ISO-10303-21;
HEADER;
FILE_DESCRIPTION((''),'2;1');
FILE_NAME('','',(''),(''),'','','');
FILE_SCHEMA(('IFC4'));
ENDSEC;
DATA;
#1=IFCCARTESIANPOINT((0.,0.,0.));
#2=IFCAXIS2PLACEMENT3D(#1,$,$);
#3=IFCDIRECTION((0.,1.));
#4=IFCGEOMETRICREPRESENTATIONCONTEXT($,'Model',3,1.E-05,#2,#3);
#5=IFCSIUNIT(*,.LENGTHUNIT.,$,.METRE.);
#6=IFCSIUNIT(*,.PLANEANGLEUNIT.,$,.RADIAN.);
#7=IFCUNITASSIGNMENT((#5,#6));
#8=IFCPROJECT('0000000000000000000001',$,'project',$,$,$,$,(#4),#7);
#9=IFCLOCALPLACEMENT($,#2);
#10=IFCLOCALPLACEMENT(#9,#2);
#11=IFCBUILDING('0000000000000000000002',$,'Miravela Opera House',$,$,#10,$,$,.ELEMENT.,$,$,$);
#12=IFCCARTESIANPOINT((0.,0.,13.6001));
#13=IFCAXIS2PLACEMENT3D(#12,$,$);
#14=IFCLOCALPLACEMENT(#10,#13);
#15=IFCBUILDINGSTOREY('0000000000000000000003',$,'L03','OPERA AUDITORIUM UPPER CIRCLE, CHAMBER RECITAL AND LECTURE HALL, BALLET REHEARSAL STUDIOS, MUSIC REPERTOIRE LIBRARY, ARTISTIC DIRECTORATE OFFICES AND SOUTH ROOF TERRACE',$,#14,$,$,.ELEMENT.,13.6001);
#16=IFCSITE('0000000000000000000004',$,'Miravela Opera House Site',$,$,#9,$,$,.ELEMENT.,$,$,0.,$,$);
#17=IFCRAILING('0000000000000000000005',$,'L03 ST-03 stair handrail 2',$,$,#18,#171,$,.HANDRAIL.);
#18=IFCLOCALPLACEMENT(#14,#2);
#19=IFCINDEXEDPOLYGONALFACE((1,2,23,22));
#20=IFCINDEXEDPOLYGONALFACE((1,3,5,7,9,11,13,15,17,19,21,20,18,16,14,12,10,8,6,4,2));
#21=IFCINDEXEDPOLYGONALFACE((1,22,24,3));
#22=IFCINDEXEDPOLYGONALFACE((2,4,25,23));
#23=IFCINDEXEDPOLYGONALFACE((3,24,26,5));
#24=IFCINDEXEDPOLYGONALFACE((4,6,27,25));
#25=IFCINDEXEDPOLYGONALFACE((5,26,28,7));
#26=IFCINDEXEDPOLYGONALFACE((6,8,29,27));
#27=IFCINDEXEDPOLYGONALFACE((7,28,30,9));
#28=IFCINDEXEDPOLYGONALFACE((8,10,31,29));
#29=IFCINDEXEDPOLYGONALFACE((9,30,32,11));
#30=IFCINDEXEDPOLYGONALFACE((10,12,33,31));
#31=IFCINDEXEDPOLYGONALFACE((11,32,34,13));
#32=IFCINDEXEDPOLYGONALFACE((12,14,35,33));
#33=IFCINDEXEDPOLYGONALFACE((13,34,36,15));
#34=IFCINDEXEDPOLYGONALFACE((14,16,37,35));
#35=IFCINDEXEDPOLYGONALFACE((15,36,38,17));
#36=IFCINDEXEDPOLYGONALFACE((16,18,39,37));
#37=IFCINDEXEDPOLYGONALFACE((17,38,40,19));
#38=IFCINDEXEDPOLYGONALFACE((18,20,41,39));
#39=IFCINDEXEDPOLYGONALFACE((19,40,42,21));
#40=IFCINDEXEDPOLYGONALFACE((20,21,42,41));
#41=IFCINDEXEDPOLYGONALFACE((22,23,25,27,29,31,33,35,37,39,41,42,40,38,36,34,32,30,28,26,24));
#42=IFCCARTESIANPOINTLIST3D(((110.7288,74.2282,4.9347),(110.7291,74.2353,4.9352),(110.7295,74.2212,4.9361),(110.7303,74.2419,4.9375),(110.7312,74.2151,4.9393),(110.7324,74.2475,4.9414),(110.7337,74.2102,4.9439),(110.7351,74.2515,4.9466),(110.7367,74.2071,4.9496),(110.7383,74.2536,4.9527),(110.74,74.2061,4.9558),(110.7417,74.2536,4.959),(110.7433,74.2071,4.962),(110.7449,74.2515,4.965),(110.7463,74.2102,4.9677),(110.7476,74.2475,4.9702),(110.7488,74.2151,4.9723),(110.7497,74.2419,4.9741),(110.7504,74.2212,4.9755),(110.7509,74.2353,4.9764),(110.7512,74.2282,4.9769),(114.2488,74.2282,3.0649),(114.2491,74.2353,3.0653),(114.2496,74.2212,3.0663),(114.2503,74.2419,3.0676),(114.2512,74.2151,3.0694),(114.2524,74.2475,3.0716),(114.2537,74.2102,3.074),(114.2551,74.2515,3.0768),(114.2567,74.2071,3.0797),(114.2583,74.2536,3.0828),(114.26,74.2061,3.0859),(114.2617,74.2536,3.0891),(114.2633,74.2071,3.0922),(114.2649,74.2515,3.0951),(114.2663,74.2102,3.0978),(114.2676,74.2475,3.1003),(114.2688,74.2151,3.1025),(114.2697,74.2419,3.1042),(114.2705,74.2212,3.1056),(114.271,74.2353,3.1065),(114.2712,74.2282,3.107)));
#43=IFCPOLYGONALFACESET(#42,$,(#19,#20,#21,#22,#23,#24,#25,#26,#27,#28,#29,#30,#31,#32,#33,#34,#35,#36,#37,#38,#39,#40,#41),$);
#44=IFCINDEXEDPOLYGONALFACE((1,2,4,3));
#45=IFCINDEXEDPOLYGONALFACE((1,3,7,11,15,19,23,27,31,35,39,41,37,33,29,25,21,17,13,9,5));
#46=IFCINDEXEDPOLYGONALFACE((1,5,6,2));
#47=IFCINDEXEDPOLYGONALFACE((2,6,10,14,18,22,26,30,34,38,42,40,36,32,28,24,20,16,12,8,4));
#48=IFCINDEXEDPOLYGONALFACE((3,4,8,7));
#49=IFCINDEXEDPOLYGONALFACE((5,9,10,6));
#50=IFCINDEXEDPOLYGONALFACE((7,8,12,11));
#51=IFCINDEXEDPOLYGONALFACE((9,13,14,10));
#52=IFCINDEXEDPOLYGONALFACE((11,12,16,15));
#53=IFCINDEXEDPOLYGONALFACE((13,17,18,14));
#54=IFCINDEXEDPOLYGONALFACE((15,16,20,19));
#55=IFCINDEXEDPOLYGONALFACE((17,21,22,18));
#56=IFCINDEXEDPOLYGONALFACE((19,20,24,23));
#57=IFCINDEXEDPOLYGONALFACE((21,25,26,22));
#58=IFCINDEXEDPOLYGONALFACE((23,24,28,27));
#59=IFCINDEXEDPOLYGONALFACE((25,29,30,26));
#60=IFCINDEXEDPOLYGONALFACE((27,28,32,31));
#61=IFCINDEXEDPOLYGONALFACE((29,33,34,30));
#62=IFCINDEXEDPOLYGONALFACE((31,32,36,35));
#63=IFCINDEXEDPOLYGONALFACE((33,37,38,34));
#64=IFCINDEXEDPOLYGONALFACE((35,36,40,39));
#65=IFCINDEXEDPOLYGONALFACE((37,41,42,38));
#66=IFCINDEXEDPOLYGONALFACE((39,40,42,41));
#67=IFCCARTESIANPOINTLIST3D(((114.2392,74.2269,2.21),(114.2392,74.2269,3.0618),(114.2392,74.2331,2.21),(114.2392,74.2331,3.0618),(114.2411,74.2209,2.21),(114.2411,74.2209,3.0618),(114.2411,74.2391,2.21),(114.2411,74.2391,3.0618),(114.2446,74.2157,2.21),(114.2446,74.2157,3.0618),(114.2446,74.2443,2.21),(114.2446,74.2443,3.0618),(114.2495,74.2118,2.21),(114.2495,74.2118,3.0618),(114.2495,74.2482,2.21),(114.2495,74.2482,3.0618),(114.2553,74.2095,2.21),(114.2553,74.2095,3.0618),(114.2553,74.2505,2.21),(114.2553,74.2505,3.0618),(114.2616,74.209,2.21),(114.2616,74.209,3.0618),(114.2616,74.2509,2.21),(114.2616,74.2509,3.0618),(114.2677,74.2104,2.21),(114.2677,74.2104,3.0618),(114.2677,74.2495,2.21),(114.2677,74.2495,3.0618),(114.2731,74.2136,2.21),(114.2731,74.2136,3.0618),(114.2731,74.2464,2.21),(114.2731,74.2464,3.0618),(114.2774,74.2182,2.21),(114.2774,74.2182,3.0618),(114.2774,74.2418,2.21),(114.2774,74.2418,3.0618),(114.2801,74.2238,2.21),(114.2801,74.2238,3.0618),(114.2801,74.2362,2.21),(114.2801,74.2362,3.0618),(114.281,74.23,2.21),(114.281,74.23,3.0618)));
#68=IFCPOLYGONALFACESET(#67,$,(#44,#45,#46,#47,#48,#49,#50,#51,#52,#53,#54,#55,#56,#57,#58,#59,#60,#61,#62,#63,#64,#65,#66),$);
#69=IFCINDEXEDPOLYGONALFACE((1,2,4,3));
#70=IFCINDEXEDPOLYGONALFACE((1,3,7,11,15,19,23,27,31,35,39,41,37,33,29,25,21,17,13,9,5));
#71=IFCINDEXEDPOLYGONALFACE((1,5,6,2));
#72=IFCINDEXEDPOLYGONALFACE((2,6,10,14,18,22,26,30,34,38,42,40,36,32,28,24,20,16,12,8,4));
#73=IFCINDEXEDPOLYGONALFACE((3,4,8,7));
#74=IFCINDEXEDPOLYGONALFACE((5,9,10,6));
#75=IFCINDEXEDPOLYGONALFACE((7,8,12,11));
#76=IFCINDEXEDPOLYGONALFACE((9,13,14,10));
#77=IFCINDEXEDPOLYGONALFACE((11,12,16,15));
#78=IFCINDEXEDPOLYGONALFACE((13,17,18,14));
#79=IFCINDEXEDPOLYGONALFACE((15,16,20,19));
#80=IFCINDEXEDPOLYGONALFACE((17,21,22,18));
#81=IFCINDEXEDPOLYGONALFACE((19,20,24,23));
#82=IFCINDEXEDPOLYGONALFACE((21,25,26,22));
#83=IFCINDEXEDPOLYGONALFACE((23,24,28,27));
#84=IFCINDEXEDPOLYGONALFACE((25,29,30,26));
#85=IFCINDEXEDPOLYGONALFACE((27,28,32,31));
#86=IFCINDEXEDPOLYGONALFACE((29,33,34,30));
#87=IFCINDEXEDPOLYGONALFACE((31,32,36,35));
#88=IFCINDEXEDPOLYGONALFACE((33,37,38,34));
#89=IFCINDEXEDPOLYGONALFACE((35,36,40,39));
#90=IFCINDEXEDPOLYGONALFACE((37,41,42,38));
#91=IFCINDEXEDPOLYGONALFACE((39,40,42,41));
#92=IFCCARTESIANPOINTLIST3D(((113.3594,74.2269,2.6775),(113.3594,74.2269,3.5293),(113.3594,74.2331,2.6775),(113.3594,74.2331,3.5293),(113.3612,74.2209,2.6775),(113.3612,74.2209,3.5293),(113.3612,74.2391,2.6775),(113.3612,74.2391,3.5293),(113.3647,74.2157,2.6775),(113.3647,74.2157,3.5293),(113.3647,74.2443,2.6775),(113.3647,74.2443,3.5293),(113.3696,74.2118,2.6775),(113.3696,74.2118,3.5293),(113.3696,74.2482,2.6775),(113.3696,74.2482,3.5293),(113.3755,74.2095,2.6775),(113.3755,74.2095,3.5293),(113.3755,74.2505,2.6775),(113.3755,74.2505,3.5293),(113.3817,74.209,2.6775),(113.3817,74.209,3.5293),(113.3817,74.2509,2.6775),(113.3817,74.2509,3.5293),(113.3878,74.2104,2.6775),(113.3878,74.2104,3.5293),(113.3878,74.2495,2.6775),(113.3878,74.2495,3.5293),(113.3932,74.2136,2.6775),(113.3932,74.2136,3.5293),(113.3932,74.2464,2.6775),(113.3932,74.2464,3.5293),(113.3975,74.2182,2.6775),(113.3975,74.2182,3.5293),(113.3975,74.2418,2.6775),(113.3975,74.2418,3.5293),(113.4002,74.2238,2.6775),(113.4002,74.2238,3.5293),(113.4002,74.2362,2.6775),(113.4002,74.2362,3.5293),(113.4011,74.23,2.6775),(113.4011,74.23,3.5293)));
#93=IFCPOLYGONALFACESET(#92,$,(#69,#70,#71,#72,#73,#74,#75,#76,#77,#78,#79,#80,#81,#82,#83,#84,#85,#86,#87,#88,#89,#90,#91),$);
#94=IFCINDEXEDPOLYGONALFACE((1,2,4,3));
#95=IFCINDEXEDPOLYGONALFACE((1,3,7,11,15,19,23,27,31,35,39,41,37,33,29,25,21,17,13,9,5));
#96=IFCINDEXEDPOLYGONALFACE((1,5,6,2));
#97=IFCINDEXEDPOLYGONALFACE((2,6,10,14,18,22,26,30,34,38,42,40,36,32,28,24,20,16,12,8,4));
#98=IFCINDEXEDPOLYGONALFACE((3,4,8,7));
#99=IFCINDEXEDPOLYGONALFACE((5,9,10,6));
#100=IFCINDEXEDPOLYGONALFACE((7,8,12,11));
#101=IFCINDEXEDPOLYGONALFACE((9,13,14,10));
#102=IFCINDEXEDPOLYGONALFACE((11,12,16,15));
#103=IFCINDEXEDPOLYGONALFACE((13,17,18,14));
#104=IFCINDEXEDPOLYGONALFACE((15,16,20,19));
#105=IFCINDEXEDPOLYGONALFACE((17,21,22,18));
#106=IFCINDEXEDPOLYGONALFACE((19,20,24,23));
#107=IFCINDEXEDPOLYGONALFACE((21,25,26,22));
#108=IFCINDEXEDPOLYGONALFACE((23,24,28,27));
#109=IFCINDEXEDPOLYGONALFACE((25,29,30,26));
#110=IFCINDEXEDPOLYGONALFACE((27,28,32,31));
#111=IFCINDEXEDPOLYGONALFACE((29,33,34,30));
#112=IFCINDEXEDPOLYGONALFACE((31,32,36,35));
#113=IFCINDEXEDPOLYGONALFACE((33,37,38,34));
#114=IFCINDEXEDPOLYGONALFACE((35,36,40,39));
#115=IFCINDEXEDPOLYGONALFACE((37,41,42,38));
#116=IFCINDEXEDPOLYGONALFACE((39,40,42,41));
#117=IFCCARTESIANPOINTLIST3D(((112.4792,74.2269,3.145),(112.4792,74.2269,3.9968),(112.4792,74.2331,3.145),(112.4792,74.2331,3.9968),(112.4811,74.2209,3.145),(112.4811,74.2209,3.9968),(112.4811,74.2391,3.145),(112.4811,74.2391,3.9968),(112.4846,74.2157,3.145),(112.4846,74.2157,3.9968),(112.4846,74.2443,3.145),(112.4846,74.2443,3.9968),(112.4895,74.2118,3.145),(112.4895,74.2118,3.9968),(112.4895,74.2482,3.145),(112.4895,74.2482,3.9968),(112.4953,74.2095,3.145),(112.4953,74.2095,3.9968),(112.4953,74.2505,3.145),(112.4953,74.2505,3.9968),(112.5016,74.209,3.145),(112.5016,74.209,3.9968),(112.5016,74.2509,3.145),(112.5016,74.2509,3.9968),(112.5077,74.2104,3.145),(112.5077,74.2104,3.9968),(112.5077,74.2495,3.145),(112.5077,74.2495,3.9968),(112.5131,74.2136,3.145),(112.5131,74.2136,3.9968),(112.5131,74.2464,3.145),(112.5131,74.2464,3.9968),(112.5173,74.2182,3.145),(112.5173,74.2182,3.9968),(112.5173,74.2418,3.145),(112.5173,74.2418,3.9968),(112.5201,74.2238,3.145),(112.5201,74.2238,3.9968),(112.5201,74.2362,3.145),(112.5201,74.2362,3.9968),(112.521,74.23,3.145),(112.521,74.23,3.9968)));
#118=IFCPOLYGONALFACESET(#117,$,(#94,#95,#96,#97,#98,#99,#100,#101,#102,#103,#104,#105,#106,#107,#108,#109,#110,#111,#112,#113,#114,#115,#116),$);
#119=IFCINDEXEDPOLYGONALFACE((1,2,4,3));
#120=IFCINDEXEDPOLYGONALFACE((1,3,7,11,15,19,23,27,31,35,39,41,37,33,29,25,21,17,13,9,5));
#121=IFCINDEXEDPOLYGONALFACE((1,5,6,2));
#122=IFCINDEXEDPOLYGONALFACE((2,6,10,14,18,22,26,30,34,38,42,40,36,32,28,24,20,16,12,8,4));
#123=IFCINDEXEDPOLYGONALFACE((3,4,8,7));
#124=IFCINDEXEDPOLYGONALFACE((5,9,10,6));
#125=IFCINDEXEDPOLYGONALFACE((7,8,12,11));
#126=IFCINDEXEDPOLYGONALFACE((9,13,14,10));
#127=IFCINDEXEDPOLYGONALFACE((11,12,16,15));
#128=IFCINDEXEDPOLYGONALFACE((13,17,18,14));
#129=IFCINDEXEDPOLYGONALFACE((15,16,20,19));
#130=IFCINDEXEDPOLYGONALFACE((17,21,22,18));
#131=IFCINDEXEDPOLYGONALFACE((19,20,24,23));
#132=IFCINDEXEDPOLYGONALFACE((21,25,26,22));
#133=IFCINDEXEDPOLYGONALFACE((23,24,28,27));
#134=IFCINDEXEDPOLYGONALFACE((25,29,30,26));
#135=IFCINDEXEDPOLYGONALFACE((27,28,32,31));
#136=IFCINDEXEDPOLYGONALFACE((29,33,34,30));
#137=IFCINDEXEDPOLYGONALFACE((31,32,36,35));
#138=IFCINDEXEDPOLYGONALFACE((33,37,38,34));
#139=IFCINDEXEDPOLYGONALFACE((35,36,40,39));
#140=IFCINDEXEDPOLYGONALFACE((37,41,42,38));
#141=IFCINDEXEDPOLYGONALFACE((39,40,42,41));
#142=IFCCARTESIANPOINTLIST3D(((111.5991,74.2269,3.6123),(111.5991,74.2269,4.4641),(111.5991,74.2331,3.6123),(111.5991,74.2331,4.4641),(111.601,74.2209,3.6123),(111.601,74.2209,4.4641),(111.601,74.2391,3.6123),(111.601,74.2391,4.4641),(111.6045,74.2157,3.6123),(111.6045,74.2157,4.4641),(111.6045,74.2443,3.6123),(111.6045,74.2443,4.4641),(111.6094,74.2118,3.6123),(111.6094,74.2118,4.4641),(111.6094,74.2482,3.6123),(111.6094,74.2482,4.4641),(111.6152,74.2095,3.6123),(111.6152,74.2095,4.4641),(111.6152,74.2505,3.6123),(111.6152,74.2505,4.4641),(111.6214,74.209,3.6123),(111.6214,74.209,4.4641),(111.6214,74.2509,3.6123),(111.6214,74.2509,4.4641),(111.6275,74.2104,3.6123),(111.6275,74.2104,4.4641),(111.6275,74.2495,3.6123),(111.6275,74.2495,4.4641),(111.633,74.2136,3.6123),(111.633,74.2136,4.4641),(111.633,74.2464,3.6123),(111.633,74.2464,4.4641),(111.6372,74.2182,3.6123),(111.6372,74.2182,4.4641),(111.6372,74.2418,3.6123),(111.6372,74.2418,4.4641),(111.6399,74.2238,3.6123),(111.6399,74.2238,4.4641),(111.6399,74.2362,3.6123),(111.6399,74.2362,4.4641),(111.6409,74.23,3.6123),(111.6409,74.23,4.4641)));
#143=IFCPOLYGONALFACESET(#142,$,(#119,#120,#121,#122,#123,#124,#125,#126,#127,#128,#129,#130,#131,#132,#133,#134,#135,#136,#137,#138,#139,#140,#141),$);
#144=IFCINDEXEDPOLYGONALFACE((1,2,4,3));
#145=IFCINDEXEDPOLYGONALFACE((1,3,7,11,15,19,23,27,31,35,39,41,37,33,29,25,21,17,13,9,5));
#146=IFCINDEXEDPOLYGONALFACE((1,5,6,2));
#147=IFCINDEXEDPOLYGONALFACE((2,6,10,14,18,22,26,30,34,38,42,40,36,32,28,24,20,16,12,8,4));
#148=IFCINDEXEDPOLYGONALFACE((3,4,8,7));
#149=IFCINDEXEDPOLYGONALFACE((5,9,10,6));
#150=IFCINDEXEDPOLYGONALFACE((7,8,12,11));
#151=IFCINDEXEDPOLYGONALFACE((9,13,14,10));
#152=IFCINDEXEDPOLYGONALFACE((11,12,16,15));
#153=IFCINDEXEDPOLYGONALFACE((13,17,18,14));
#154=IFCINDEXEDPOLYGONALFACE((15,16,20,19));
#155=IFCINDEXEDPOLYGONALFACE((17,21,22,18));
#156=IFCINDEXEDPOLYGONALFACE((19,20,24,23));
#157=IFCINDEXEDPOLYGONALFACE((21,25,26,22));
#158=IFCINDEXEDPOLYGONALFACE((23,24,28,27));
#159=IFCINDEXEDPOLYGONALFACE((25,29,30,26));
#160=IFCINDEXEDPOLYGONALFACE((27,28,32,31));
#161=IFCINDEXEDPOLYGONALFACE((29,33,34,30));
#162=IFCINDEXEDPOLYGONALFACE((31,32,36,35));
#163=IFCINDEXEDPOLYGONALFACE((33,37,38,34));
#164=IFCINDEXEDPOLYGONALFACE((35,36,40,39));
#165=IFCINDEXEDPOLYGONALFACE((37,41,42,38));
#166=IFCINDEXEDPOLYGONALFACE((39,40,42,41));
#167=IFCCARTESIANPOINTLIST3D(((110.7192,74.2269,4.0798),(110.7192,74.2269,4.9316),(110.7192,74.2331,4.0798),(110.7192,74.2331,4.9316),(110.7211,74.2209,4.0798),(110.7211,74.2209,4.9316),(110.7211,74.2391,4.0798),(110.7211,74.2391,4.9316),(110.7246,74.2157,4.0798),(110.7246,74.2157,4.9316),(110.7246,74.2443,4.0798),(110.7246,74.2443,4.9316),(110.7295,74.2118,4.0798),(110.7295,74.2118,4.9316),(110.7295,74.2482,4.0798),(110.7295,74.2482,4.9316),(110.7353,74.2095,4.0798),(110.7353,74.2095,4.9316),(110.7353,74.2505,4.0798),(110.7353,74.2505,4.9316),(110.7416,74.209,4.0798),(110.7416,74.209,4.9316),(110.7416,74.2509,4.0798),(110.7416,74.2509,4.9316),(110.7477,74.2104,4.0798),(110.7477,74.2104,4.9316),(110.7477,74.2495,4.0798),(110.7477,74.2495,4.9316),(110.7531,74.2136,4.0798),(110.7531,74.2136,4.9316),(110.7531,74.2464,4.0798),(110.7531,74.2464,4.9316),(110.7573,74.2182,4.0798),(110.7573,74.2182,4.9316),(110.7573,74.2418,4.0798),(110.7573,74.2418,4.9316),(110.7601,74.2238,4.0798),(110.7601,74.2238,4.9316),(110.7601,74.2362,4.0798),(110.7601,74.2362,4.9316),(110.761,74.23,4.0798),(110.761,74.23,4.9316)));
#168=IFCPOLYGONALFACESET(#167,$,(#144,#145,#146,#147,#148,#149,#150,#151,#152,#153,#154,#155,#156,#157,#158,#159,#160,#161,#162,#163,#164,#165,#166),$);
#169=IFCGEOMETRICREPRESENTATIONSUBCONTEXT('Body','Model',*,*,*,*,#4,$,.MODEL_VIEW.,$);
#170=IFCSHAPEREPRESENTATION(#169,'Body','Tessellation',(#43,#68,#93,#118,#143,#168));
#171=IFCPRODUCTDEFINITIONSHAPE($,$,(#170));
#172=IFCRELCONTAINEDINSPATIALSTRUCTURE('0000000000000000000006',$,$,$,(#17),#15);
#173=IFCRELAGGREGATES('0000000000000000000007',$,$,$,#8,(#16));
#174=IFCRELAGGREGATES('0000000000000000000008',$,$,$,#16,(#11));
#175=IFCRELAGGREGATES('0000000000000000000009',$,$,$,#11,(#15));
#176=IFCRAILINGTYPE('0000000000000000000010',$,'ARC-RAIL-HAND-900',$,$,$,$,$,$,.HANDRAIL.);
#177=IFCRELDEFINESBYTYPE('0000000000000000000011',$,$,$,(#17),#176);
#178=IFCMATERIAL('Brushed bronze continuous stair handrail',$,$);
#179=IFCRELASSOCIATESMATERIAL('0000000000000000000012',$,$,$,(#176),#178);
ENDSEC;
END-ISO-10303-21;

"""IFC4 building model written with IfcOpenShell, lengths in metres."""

from ifc_helpers import new_model, si_unit, direction, frame, origin, origin_2d, place, context, subcontext, project, spatial, circle, extrude, material, type_object, element, save


model = new_model("IFC4")

# Units and contexts
model_context = context("Model", 3, precision=1e-05, world=origin(), true_north=direction((0.0, 1.0)))
body_context = subcontext(model_context, "Body", "Model", "MODEL_VIEW")
ifc_project = project(units=[si_unit("LENGTHUNIT", "METRE"), si_unit("PLANEANGLEUNIT", "RADIAN")], contexts=[model_context])

# Site, building, storey
site_placement = place(None, origin())
site = spatial("IfcSite", under=ifc_project, at=site_placement, Name="Miravela Opera House Site", CompositionType="ELEMENT", RefElevation=0.0)
building_placement = place(site_placement, origin())
building = spatial("IfcBuilding", under=site, at=building_placement, Name="Miravela Opera House", CompositionType="ELEMENT")
storey_placement = place(building_placement, frame((0.0, 0.0, 13.6001)))
storey = spatial("IfcBuildingStorey", under=building, at=storey_placement, Name="L03", Description="OPERA AUDITORIUM UPPER CIRCLE, CHAMBER RECITAL AND LECTURE HALL, BALLET REHEARSAL STUDIOS, MUSIC REPERTOIRE LIBRARY, ARTISTIC DIRECTORATE OFFICES AND SOUTH ROOF TERRACE", CompositionType="ELEMENT", Elevation=13.6001)

# Railing
ifc_material_1 = material(Name="Brushed bronze continuous stair handrail")
railing_type_1 = type_object("IfcRailingType", Name="ARC-RAIL-HAND-900", PredefinedType="HANDRAIL", material=ifc_material_1)
railing_1_placement = place(storey_placement, frame((114.26, 74.23, 2.21)))
element("IfcRailing", 1, at=railing_1_placement, inside=storey, type_object=railing_type_1, Name="L03 ST-03 stair handrail 2", PredefinedType="HANDRAIL", context=body_context, shape_type="SweptSolid", body=[
    extrude(circle(Radius=0.0239, at=origin_2d()), frame((0.0, 0.0, 0.876), z_axis=(-0.88313, 0.0, 0.469128), x_axis=(0.0, -1.0, 0.0)), (0.0, 0.0, 1.0), 3.9858),
    extrude(circle(Radius=0.021, at=origin_2d()), origin(), (0.0, 0.0, 1.0), 0.8518),
    extrude(circle(Radius=0.021, at=origin_2d()), frame((-0.8799, 0.0, 0.4675)), (0.0, 0.0, 1.0), 0.8518),
    extrude(circle(Radius=0.021, at=origin_2d()), frame((-1.76, 0.0, 0.9351)), (0.0, 0.0, 1.0), 0.8518),
    extrude(circle(Radius=0.021, at=origin_2d()), frame((-2.6401, 0.0, 1.4023)), (0.0, 0.0, 1.0), 0.8518),
    extrude(circle(Radius=0.021, at=origin_2d()), frame((-3.52, 0.0, 1.8699)), (0.0, 0.0, 1.0), 0.8518),
])

save(model, "model.ifc")
